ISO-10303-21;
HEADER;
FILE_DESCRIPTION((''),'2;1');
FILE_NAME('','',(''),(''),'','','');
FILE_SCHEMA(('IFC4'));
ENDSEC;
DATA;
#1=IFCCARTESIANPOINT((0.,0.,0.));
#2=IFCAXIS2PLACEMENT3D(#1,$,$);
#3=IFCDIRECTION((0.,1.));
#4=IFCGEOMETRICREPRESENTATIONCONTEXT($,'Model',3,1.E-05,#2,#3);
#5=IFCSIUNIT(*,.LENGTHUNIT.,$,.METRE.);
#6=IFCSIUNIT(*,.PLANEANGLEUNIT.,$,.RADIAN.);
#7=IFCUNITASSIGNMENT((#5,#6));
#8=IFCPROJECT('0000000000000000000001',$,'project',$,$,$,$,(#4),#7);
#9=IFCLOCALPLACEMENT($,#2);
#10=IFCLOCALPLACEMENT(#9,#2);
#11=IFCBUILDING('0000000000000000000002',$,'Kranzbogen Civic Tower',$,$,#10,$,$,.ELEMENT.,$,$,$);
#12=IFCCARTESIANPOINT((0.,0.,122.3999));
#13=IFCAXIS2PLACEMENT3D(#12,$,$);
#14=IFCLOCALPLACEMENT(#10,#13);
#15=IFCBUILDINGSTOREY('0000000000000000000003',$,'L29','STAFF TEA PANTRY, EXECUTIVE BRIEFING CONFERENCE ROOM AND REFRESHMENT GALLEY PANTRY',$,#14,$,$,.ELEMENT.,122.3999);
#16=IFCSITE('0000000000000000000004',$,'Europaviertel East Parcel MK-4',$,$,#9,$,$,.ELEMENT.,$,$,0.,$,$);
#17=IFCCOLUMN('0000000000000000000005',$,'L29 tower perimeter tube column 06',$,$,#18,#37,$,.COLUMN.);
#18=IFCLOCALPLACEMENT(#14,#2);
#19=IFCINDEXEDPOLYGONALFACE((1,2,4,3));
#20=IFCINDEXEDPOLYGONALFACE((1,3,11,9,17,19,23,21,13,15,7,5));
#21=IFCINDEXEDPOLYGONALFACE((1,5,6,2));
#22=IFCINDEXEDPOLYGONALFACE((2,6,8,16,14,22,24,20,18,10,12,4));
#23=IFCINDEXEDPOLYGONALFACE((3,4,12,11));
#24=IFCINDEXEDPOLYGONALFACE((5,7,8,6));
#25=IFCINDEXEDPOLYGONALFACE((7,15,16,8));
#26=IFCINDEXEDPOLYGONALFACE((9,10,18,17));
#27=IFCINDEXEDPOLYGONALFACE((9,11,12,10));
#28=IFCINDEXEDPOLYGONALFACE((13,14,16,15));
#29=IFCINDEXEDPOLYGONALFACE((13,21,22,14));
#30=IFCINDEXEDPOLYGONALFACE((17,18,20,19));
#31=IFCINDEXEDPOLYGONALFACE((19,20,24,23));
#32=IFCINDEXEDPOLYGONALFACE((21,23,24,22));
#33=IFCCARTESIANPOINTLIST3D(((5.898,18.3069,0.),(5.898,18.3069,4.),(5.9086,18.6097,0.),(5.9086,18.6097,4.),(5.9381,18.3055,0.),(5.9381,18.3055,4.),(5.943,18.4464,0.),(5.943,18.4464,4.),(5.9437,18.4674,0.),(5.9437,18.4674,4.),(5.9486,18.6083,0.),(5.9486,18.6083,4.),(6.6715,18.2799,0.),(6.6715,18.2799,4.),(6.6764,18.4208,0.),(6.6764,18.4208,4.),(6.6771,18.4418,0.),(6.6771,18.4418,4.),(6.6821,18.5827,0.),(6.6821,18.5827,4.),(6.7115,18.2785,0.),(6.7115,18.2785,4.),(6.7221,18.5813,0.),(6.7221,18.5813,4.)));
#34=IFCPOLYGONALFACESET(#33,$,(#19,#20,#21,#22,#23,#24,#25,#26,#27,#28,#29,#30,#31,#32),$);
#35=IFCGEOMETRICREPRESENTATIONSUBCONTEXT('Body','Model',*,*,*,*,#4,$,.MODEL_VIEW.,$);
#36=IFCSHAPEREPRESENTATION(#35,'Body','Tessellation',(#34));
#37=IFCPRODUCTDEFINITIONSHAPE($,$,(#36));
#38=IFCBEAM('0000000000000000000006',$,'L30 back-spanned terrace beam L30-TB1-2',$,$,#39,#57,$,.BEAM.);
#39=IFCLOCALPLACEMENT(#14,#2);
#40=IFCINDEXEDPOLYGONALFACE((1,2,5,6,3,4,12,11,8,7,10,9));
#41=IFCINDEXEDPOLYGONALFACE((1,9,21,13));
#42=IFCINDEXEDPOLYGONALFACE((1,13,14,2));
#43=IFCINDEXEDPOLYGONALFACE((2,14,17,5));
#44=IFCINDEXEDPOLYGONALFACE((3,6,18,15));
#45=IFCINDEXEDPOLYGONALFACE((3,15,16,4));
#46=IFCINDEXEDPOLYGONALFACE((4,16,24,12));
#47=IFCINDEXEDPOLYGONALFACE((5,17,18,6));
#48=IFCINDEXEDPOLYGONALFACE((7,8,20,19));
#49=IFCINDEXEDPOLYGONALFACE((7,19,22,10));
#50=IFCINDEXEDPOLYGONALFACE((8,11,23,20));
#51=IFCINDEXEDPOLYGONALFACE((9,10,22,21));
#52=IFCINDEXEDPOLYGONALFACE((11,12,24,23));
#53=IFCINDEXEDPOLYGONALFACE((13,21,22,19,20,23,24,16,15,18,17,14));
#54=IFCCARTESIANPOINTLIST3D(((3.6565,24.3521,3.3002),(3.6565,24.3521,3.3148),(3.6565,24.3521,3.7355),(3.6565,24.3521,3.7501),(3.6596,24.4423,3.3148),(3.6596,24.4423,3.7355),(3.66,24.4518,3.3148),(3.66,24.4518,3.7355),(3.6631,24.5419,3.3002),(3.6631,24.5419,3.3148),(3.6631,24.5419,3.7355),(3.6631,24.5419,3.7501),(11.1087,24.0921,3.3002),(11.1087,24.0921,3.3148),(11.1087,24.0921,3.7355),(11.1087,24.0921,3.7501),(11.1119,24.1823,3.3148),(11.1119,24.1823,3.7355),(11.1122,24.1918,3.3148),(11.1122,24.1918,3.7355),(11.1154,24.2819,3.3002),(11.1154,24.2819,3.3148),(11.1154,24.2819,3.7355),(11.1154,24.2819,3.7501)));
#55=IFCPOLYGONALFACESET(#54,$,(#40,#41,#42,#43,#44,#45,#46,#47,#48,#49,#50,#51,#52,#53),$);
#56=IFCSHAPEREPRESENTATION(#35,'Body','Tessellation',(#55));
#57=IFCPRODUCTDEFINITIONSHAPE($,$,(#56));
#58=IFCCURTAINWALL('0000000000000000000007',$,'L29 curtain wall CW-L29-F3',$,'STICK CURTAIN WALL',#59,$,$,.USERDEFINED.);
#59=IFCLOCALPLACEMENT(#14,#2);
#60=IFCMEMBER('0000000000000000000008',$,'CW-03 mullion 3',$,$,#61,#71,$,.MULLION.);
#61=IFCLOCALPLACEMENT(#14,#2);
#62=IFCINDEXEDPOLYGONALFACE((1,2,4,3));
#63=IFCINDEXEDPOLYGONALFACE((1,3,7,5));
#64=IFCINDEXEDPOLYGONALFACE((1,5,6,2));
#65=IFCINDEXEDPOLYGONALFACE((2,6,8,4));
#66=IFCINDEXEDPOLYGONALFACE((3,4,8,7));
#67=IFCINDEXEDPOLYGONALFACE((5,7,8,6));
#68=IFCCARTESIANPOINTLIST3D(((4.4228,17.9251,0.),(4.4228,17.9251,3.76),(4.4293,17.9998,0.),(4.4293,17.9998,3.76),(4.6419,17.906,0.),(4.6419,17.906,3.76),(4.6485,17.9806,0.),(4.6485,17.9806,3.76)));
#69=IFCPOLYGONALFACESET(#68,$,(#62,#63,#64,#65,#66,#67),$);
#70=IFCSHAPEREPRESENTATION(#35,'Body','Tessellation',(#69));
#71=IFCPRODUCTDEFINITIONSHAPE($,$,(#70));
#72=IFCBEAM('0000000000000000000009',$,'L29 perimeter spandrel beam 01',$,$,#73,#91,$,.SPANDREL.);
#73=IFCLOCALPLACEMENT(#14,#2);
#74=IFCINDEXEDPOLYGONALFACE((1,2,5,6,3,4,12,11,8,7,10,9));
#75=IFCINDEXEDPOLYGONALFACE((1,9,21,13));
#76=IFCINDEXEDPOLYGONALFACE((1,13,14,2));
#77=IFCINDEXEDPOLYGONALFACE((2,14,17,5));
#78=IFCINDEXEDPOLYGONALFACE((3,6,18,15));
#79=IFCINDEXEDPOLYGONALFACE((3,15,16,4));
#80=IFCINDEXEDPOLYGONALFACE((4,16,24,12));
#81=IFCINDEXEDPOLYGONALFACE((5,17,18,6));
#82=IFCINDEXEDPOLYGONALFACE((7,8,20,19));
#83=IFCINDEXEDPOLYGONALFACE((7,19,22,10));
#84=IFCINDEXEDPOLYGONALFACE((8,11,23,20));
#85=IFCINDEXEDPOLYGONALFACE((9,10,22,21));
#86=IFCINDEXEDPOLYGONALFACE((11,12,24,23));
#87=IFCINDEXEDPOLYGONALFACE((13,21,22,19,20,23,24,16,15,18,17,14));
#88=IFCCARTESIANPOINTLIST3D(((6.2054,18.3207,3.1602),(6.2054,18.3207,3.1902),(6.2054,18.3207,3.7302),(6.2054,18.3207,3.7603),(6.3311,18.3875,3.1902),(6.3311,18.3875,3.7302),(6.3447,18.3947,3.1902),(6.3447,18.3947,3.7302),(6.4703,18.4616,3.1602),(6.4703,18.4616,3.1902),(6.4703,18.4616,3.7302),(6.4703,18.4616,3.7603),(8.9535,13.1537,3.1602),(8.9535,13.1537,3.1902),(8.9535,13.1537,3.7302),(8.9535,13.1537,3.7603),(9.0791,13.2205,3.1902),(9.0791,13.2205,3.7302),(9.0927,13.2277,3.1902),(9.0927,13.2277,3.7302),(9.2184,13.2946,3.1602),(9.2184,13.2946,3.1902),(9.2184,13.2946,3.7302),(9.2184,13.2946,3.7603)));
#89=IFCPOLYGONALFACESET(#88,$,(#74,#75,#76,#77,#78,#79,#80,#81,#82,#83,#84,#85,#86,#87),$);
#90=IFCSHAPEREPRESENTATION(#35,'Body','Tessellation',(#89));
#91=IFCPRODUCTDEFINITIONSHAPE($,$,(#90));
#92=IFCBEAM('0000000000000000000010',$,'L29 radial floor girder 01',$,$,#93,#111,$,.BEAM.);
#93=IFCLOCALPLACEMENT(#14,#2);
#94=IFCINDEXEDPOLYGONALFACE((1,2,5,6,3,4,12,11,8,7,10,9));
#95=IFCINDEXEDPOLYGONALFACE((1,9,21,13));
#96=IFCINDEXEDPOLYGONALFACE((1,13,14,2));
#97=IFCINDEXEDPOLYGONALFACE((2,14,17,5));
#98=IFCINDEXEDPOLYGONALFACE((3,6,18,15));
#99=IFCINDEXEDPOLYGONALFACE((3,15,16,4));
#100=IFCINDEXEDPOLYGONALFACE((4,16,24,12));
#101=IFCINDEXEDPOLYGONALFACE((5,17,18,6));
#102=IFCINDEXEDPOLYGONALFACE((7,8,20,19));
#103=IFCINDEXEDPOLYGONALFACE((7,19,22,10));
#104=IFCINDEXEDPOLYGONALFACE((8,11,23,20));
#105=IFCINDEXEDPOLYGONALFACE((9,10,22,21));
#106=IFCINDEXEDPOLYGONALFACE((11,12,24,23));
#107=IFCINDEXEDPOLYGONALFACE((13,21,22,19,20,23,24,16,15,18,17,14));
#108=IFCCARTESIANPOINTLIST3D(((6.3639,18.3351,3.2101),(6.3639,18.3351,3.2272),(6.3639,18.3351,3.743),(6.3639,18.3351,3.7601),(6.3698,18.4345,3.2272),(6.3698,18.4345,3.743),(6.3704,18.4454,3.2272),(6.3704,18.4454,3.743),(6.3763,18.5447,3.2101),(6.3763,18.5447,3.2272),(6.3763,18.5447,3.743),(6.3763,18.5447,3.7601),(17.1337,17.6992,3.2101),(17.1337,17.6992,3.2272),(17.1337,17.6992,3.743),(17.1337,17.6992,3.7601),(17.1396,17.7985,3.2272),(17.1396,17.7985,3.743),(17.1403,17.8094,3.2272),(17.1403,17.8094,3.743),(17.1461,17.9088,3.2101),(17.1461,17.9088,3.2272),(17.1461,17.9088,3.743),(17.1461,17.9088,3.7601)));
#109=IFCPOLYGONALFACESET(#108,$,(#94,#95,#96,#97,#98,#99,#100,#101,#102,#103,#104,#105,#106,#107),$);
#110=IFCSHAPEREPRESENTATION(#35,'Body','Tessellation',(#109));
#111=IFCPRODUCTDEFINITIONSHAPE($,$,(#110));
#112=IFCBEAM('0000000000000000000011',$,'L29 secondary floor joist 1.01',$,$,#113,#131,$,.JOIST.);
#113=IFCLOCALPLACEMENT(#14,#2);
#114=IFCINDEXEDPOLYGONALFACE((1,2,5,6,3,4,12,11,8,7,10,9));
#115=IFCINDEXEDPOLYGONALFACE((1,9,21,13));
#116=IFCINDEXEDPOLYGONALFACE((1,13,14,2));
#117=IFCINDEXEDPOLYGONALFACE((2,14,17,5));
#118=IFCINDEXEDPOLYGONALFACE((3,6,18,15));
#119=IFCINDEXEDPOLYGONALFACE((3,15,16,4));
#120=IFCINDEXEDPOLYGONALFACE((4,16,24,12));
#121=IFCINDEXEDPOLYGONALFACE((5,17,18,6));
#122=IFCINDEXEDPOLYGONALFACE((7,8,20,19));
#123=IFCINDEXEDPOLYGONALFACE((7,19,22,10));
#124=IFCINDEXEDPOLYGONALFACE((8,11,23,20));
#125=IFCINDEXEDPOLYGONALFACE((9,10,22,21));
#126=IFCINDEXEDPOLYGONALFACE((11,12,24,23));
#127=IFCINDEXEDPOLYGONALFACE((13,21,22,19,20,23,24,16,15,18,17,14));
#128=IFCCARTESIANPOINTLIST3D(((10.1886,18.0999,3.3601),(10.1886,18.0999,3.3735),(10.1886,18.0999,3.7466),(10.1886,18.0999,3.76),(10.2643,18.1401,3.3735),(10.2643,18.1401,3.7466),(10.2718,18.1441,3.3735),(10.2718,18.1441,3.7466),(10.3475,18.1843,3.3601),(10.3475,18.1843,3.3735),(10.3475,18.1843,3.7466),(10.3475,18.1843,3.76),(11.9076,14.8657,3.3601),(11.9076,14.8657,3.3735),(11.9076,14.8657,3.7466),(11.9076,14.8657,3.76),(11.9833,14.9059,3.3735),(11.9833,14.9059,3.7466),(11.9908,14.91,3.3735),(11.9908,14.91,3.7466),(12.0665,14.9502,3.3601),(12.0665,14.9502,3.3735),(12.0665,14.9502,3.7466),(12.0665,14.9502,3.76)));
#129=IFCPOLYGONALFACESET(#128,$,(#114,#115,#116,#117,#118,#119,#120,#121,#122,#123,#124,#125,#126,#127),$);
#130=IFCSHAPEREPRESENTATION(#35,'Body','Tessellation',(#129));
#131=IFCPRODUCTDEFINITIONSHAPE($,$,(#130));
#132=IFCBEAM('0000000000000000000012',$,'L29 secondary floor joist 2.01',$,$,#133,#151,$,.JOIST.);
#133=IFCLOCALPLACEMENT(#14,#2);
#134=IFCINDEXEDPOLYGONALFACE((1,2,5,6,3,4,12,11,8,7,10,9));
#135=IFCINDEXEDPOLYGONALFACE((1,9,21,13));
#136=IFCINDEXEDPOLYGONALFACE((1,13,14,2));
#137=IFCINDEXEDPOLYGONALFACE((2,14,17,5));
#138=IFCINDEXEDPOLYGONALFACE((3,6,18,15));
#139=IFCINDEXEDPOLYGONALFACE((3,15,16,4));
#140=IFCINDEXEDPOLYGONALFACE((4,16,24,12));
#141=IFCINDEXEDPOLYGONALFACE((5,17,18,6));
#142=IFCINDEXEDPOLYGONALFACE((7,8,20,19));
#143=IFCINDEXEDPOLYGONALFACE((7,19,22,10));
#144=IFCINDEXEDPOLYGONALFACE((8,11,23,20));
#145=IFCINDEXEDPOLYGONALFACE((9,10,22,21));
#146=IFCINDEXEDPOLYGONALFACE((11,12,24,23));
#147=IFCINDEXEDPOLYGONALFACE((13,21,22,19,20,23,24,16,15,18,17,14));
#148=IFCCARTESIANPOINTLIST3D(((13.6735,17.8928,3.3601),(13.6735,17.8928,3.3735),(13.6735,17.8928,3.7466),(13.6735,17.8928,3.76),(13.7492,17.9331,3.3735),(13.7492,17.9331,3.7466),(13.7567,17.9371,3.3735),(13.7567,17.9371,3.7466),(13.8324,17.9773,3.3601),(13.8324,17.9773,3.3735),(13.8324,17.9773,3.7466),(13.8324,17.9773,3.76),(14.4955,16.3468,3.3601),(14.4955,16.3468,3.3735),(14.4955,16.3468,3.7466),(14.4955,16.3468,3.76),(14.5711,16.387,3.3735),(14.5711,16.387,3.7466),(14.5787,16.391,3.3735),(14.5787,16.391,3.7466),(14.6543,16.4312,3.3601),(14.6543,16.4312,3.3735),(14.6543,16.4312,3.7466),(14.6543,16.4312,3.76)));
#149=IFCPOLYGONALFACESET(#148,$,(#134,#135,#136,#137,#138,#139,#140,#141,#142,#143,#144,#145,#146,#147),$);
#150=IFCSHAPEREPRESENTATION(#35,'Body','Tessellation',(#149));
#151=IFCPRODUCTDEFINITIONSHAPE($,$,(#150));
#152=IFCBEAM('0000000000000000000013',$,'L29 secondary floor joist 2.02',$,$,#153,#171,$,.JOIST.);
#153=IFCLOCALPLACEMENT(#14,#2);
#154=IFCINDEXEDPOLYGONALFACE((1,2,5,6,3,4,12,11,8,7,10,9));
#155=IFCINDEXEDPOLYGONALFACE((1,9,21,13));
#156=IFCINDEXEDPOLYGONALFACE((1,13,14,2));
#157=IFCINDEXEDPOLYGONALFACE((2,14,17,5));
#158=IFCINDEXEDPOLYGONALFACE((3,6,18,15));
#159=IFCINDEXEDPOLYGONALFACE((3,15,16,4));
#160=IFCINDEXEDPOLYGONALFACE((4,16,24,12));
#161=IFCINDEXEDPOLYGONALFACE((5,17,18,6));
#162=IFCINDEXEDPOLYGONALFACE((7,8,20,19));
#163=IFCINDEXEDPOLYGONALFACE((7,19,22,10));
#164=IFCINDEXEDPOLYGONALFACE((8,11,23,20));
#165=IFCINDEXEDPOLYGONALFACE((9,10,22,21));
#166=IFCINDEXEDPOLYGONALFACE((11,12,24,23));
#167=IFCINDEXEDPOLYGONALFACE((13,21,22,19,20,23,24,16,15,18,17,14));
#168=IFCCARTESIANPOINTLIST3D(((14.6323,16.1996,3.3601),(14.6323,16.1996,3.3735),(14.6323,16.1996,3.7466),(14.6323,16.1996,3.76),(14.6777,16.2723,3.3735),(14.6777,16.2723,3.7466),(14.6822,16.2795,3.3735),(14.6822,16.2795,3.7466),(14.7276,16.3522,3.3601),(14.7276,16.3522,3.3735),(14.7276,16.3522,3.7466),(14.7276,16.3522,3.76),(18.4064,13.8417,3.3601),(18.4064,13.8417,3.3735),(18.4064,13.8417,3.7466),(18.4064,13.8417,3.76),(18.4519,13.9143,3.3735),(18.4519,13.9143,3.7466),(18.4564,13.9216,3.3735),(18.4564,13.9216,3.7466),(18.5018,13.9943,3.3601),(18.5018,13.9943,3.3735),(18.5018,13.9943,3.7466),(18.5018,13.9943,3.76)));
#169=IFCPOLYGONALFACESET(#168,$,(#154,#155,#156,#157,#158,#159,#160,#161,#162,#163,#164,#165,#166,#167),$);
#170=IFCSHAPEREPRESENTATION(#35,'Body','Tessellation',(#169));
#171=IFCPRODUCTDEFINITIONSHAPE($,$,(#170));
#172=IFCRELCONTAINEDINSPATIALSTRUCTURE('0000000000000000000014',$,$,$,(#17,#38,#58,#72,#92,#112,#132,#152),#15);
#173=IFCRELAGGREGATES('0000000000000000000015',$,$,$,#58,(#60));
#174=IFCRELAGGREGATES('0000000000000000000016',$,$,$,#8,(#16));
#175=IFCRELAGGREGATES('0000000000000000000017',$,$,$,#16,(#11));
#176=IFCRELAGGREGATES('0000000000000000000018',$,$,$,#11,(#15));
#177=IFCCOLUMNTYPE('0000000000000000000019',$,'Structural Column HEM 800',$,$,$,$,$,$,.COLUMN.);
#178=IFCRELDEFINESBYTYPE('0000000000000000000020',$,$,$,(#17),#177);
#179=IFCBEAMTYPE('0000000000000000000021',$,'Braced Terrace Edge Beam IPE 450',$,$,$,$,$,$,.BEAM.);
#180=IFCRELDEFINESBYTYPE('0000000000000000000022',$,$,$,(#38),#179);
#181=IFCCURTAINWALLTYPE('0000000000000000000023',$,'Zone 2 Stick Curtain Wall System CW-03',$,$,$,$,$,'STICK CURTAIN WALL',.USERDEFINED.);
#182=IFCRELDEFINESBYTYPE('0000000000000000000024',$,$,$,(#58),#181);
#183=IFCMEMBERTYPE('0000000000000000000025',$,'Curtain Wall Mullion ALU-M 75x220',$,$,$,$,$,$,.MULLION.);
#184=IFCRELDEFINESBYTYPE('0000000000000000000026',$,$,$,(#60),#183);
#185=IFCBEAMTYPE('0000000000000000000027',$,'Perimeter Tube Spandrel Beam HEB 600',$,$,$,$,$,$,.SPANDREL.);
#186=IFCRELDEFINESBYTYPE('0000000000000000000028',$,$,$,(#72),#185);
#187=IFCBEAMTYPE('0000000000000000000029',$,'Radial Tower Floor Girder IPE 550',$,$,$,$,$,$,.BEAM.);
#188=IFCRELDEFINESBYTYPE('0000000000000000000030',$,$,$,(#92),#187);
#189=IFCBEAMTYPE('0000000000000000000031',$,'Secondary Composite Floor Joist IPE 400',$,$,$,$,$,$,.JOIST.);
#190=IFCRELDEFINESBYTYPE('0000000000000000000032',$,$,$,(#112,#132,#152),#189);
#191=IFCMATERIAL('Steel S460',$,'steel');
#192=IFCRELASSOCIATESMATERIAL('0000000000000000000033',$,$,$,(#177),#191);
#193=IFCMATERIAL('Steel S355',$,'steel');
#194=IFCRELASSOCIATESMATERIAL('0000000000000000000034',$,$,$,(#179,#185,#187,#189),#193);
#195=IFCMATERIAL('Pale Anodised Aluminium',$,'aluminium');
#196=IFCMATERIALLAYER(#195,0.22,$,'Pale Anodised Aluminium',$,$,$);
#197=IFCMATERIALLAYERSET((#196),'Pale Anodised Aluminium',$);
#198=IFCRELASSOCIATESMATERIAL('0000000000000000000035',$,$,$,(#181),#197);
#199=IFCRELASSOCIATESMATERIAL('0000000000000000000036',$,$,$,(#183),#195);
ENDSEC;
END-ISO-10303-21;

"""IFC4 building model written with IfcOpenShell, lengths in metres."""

from ifc_helpers import new_model, si_unit, direction, frame, origin, origin_2d, place, context, subcontext, project, spatial, rectangle, i_section, extrude, material, layer, layer_set, material_profile, profile_set, type_object, element, aggregate, save


model = new_model("IFC4")

# Units and contexts
model_context = context("Model", 3, precision=1e-05, world=origin(), true_north=direction((0.0, 1.0)))
body_context = subcontext(model_context, "Body", "Model", "MODEL_VIEW")
ifc_project = project(units=[si_unit("LENGTHUNIT", "METRE"), si_unit("PLANEANGLEUNIT", "RADIAN")], contexts=[model_context])

# Site, building, storey
site_placement = place(None, origin())
site = spatial("IfcSite", under=ifc_project, at=site_placement, Name="Europaviertel East Parcel MK-4", CompositionType="ELEMENT", RefElevation=0.0)
building_placement = place(site_placement, origin())
building = spatial("IfcBuilding", under=site, at=building_placement, Name="Kranzbogen Civic Tower", CompositionType="ELEMENT")
storey_placement = place(building_placement, frame((0.0, 0.0, 122.3999)))
storey = spatial("IfcBuildingStorey", under=building, at=storey_placement, Name="L29", Description="STAFF TEA PANTRY, EXECUTIVE BRIEFING CONFERENCE ROOM AND REFRESHMENT GALLEY PANTRY", CompositionType="ELEMENT", Elevation=122.3999)

# Column
ifc_material_1 = material(Name="Steel S460", Category="steel")
ifc_material_profile_1 = material_profile(ifc_material_1, i_section(OverallWidth=0.303, OverallDepth=0.814, WebThickness=0.021, FlangeThickness=0.04, at=origin_2d()), Name="HEM 800")
ifc_profile_set_1 = profile_set([ifc_material_profile_1], Name="Steel S460")
column_type = type_object("IfcColumnType", Name="Structural Column HEM 800", PredefinedType="COLUMN", material=ifc_profile_set_1)
column_placement = place(storey_placement, frame((6.3101, 18.4441, 0.0), z_axis=(0.0, 0.0, 1.0), x_axis=(0.034899, 0.999391, 0.0)))
element("IfcColumn", 1, at=column_placement, inside=storey, type_object=column_type, Name="L29 tower perimeter tube column 06", PredefinedType="COLUMN", context=body_context, shape_type="SweptSolid", body=[
    extrude(i_section(OverallWidth=0.303, OverallDepth=0.814, WebThickness=0.021, FlangeThickness=0.04, at=origin_2d()), origin(), (0.0, 0.0, 1.0), 4.0),
])

# Beam
ifc_material_2 = material(Name="Steel S355", Category="steel")
ifc_material_profile_2 = material_profile(ifc_material_2, i_section(OverallWidth=0.1899, OverallDepth=0.45, WebThickness=0.0095, FlangeThickness=0.0146, at=origin_2d()), Name="IPE 450")
ifc_profile_set_2 = profile_set([ifc_material_profile_2], Name="Steel S355")
beam_type_1 = type_object("IfcBeamType", Name="Braced Terrace Edge Beam IPE 450", PredefinedType="BEAM", material=ifc_profile_set_2)
beam_1_placement = place(storey_placement, frame((11.1121, 24.187, 3.5251), z_axis=(-0.999392, 0.034869, 0.0), x_axis=(-0.034869, -0.999392, 0.0)))
element("IfcBeam", 2, at=beam_1_placement, inside=storey, type_object=beam_type_1, Name="L30 back-spanned terrace beam L30-TB1-2", PredefinedType="BEAM", context=body_context, shape_type="SweptSolid", body=[
    extrude(i_section(OverallWidth=0.1899, OverallDepth=0.45, WebThickness=0.0095, FlangeThickness=0.0146, at=origin_2d()), origin(), (0.0, 0.0, 1.0), 7.4568),
])

# Curtain wall, member
ifc_material_3 = material(Name="Pale Anodised Aluminium", Category="aluminium")
ifc_layer_1 = layer(ifc_material_3, 0.22, Name="Pale Anodised Aluminium")
ifc_layer_set_1 = layer_set([ifc_layer_1], Name="Pale Anodised Aluminium")
curtain_wall_type = type_object("IfcCurtainWallType", Name="Zone 2 Stick Curtain Wall System CW-03", ElementType="STICK CURTAIN WALL", PredefinedType="USERDEFINED", material=ifc_layer_set_1)
curtain_wall_placement = place(storey_placement, origin())
curtain_wall = element("IfcCurtainWall", 3, at=curtain_wall_placement, inside=storey, type_object=curtain_wall_type, Name="L29 curtain wall CW-L29-F3", ObjectType="STICK CURTAIN WALL", PredefinedType="USERDEFINED")
ifc_material_profile_3 = material_profile(ifc_material_3, rectangle(XDim=0.075, YDim=0.22, at=origin_2d()), Name="ALU-M 75x220")
ifc_profile_set_3 = profile_set([ifc_material_profile_3], Name="Pale Anodised Aluminium")
member_type = type_object("IfcMemberType", Name="Curtain Wall Mullion ALU-M 75x220", PredefinedType="MULLION", material=ifc_profile_set_3)
member_placement = place(storey_placement, frame((4.5356, 17.9529, 0.0), z_axis=(0.0, 0.0, 1.0), x_axis=(-0.087162, -0.996194, 0.0)))
member = element("IfcMember", 4, at=member_placement, type_object=member_type, Name="CW-03 mullion 3", PredefinedType="MULLION", context=body_context, shape_type="SweptSolid", body=[
    extrude(rectangle(XDim=0.075, YDim=0.22, at=origin_2d()), origin(), (0.0, 0.0, 1.0), 3.76),
])

# Beams
ifc_material_profile_4 = material_profile(ifc_material_2, i_section(OverallWidth=0.3, OverallDepth=0.6001, WebThickness=0.0154, FlangeThickness=0.03, at=origin_2d()), Name="HEB 600")
ifc_profile_set_4 = profile_set([ifc_material_profile_4], Name="Steel S355")
beam_type_2 = type_object("IfcBeamType", Name="Perimeter Tube Spandrel Beam HEB 600", PredefinedType="SPANDREL", material=ifc_profile_set_4)
beam_2_placement = place(storey_placement, frame((6.3379, 18.3911, 3.4602), z_axis=(0.469566, -0.882897, 0.0), x_axis=(0.882897, 0.469566, 0.0)))
element("IfcBeam", 5, at=beam_2_placement, inside=storey, type_object=beam_type_2, Name="L29 perimeter spandrel beam 01", PredefinedType="SPANDREL", context=body_context, shape_type="SweptSolid", body=[
    extrude(i_section(OverallWidth=0.3, OverallDepth=0.6001, WebThickness=0.0154, FlangeThickness=0.03, at=origin_2d()), origin(), (0.0, 0.0, 1.0), 5.8523),
])
ifc_material_profile_5 = material_profile(ifc_material_2, i_section(OverallWidth=0.21, OverallDepth=0.55, WebThickness=0.011, FlangeThickness=0.0171, at=origin_2d()), Name="IPE 550")
ifc_profile_set_5 = profile_set([ifc_material_profile_5], Name="Steel S355")
beam_type_3 = type_object("IfcBeamType", Name="Radial Tower Floor Girder IPE 550", PredefinedType="BEAM", material=ifc_profile_set_5)
beam_3_placement = place(storey_placement, frame((6.3701, 18.4399, 3.4851), z_axis=(0.998261, -0.05895, 0.0), x_axis=(0.05895, 0.998261, 0.0)))
element("IfcBeam", 6, at=beam_3_placement, inside=storey, type_object=beam_type_3, Name="L29 radial floor girder 01", PredefinedType="BEAM", context=body_context, shape_type="SweptSolid", body=[
    extrude(i_section(OverallWidth=0.21, OverallDepth=0.55, WebThickness=0.011, FlangeThickness=0.0171, at=origin_2d()), origin(), (0.0, 0.0, 1.0), 10.7886),
])
ifc_material_profile_6 = material_profile(ifc_material_2, i_section(OverallWidth=0.1799, OverallDepth=0.3999, WebThickness=0.0085, FlangeThickness=0.0134, at=origin_2d()), Name="IPE 400")
ifc_profile_set_6 = profile_set([ifc_material_profile_6], Name="Steel S355")
beam_type_4 = type_object("IfcBeamType", Name="Secondary Composite Floor Joist IPE 400", PredefinedType="JOIST", material=ifc_profile_set_6)
beam_4_placement = place(storey_placement, frame((10.2681, 18.1421, 3.5601), z_axis=(0.469339, -0.883018, 0.0), x_axis=(0.883018, 0.469339, 0.0)))
element("IfcBeam", 7, at=beam_4_placement, inside=storey, type_object=beam_type_4, Name="L29 secondary floor joist 1.01", PredefinedType="JOIST", context=body_context, shape_type="SweptSolid", body=[
    extrude(i_section(OverallWidth=0.1799, OverallDepth=0.3999, WebThickness=0.0085, FlangeThickness=0.0134, at=origin_2d()), origin(), (0.0, 0.0, 1.0), 3.6626),
])
beam_5_placement = place(storey_placement, frame((13.7529, 17.9351, 3.5601), z_axis=(0.469437, -0.882966, 0.0), x_axis=(0.882966, 0.469437, 0.0)))
element("IfcBeam", 8, at=beam_5_placement, inside=storey, type_object=beam_type_4, Name="L29 secondary floor joist 2.01", PredefinedType="JOIST", context=body_context, shape_type="SweptSolid", body=[
    extrude(i_section(OverallWidth=0.1799, OverallDepth=0.3999, WebThickness=0.0085, FlangeThickness=0.0134, at=origin_2d()), origin(), (0.0, 0.0, 1.0), 1.751),
])
beam_6_placement = place(storey_placement, frame((14.6799, 16.2759, 3.5601), z_axis=(0.848094, -0.529846, 0.0), x_axis=(0.529846, 0.848094, 0.0)))
element("IfcBeam", 9, at=beam_6_placement, inside=storey, type_object=beam_type_4, Name="L29 secondary floor joist 2.02", PredefinedType="JOIST", context=body_context, shape_type="SweptSolid", body=[
    extrude(i_section(OverallWidth=0.1799, OverallDepth=0.3999, WebThickness=0.0085, FlangeThickness=0.0134, at=origin_2d()), origin(), (0.0, 0.0, 1.0), 4.4502),
])

aggregate(curtain_wall, [member])

save(model, "model.ifc")
